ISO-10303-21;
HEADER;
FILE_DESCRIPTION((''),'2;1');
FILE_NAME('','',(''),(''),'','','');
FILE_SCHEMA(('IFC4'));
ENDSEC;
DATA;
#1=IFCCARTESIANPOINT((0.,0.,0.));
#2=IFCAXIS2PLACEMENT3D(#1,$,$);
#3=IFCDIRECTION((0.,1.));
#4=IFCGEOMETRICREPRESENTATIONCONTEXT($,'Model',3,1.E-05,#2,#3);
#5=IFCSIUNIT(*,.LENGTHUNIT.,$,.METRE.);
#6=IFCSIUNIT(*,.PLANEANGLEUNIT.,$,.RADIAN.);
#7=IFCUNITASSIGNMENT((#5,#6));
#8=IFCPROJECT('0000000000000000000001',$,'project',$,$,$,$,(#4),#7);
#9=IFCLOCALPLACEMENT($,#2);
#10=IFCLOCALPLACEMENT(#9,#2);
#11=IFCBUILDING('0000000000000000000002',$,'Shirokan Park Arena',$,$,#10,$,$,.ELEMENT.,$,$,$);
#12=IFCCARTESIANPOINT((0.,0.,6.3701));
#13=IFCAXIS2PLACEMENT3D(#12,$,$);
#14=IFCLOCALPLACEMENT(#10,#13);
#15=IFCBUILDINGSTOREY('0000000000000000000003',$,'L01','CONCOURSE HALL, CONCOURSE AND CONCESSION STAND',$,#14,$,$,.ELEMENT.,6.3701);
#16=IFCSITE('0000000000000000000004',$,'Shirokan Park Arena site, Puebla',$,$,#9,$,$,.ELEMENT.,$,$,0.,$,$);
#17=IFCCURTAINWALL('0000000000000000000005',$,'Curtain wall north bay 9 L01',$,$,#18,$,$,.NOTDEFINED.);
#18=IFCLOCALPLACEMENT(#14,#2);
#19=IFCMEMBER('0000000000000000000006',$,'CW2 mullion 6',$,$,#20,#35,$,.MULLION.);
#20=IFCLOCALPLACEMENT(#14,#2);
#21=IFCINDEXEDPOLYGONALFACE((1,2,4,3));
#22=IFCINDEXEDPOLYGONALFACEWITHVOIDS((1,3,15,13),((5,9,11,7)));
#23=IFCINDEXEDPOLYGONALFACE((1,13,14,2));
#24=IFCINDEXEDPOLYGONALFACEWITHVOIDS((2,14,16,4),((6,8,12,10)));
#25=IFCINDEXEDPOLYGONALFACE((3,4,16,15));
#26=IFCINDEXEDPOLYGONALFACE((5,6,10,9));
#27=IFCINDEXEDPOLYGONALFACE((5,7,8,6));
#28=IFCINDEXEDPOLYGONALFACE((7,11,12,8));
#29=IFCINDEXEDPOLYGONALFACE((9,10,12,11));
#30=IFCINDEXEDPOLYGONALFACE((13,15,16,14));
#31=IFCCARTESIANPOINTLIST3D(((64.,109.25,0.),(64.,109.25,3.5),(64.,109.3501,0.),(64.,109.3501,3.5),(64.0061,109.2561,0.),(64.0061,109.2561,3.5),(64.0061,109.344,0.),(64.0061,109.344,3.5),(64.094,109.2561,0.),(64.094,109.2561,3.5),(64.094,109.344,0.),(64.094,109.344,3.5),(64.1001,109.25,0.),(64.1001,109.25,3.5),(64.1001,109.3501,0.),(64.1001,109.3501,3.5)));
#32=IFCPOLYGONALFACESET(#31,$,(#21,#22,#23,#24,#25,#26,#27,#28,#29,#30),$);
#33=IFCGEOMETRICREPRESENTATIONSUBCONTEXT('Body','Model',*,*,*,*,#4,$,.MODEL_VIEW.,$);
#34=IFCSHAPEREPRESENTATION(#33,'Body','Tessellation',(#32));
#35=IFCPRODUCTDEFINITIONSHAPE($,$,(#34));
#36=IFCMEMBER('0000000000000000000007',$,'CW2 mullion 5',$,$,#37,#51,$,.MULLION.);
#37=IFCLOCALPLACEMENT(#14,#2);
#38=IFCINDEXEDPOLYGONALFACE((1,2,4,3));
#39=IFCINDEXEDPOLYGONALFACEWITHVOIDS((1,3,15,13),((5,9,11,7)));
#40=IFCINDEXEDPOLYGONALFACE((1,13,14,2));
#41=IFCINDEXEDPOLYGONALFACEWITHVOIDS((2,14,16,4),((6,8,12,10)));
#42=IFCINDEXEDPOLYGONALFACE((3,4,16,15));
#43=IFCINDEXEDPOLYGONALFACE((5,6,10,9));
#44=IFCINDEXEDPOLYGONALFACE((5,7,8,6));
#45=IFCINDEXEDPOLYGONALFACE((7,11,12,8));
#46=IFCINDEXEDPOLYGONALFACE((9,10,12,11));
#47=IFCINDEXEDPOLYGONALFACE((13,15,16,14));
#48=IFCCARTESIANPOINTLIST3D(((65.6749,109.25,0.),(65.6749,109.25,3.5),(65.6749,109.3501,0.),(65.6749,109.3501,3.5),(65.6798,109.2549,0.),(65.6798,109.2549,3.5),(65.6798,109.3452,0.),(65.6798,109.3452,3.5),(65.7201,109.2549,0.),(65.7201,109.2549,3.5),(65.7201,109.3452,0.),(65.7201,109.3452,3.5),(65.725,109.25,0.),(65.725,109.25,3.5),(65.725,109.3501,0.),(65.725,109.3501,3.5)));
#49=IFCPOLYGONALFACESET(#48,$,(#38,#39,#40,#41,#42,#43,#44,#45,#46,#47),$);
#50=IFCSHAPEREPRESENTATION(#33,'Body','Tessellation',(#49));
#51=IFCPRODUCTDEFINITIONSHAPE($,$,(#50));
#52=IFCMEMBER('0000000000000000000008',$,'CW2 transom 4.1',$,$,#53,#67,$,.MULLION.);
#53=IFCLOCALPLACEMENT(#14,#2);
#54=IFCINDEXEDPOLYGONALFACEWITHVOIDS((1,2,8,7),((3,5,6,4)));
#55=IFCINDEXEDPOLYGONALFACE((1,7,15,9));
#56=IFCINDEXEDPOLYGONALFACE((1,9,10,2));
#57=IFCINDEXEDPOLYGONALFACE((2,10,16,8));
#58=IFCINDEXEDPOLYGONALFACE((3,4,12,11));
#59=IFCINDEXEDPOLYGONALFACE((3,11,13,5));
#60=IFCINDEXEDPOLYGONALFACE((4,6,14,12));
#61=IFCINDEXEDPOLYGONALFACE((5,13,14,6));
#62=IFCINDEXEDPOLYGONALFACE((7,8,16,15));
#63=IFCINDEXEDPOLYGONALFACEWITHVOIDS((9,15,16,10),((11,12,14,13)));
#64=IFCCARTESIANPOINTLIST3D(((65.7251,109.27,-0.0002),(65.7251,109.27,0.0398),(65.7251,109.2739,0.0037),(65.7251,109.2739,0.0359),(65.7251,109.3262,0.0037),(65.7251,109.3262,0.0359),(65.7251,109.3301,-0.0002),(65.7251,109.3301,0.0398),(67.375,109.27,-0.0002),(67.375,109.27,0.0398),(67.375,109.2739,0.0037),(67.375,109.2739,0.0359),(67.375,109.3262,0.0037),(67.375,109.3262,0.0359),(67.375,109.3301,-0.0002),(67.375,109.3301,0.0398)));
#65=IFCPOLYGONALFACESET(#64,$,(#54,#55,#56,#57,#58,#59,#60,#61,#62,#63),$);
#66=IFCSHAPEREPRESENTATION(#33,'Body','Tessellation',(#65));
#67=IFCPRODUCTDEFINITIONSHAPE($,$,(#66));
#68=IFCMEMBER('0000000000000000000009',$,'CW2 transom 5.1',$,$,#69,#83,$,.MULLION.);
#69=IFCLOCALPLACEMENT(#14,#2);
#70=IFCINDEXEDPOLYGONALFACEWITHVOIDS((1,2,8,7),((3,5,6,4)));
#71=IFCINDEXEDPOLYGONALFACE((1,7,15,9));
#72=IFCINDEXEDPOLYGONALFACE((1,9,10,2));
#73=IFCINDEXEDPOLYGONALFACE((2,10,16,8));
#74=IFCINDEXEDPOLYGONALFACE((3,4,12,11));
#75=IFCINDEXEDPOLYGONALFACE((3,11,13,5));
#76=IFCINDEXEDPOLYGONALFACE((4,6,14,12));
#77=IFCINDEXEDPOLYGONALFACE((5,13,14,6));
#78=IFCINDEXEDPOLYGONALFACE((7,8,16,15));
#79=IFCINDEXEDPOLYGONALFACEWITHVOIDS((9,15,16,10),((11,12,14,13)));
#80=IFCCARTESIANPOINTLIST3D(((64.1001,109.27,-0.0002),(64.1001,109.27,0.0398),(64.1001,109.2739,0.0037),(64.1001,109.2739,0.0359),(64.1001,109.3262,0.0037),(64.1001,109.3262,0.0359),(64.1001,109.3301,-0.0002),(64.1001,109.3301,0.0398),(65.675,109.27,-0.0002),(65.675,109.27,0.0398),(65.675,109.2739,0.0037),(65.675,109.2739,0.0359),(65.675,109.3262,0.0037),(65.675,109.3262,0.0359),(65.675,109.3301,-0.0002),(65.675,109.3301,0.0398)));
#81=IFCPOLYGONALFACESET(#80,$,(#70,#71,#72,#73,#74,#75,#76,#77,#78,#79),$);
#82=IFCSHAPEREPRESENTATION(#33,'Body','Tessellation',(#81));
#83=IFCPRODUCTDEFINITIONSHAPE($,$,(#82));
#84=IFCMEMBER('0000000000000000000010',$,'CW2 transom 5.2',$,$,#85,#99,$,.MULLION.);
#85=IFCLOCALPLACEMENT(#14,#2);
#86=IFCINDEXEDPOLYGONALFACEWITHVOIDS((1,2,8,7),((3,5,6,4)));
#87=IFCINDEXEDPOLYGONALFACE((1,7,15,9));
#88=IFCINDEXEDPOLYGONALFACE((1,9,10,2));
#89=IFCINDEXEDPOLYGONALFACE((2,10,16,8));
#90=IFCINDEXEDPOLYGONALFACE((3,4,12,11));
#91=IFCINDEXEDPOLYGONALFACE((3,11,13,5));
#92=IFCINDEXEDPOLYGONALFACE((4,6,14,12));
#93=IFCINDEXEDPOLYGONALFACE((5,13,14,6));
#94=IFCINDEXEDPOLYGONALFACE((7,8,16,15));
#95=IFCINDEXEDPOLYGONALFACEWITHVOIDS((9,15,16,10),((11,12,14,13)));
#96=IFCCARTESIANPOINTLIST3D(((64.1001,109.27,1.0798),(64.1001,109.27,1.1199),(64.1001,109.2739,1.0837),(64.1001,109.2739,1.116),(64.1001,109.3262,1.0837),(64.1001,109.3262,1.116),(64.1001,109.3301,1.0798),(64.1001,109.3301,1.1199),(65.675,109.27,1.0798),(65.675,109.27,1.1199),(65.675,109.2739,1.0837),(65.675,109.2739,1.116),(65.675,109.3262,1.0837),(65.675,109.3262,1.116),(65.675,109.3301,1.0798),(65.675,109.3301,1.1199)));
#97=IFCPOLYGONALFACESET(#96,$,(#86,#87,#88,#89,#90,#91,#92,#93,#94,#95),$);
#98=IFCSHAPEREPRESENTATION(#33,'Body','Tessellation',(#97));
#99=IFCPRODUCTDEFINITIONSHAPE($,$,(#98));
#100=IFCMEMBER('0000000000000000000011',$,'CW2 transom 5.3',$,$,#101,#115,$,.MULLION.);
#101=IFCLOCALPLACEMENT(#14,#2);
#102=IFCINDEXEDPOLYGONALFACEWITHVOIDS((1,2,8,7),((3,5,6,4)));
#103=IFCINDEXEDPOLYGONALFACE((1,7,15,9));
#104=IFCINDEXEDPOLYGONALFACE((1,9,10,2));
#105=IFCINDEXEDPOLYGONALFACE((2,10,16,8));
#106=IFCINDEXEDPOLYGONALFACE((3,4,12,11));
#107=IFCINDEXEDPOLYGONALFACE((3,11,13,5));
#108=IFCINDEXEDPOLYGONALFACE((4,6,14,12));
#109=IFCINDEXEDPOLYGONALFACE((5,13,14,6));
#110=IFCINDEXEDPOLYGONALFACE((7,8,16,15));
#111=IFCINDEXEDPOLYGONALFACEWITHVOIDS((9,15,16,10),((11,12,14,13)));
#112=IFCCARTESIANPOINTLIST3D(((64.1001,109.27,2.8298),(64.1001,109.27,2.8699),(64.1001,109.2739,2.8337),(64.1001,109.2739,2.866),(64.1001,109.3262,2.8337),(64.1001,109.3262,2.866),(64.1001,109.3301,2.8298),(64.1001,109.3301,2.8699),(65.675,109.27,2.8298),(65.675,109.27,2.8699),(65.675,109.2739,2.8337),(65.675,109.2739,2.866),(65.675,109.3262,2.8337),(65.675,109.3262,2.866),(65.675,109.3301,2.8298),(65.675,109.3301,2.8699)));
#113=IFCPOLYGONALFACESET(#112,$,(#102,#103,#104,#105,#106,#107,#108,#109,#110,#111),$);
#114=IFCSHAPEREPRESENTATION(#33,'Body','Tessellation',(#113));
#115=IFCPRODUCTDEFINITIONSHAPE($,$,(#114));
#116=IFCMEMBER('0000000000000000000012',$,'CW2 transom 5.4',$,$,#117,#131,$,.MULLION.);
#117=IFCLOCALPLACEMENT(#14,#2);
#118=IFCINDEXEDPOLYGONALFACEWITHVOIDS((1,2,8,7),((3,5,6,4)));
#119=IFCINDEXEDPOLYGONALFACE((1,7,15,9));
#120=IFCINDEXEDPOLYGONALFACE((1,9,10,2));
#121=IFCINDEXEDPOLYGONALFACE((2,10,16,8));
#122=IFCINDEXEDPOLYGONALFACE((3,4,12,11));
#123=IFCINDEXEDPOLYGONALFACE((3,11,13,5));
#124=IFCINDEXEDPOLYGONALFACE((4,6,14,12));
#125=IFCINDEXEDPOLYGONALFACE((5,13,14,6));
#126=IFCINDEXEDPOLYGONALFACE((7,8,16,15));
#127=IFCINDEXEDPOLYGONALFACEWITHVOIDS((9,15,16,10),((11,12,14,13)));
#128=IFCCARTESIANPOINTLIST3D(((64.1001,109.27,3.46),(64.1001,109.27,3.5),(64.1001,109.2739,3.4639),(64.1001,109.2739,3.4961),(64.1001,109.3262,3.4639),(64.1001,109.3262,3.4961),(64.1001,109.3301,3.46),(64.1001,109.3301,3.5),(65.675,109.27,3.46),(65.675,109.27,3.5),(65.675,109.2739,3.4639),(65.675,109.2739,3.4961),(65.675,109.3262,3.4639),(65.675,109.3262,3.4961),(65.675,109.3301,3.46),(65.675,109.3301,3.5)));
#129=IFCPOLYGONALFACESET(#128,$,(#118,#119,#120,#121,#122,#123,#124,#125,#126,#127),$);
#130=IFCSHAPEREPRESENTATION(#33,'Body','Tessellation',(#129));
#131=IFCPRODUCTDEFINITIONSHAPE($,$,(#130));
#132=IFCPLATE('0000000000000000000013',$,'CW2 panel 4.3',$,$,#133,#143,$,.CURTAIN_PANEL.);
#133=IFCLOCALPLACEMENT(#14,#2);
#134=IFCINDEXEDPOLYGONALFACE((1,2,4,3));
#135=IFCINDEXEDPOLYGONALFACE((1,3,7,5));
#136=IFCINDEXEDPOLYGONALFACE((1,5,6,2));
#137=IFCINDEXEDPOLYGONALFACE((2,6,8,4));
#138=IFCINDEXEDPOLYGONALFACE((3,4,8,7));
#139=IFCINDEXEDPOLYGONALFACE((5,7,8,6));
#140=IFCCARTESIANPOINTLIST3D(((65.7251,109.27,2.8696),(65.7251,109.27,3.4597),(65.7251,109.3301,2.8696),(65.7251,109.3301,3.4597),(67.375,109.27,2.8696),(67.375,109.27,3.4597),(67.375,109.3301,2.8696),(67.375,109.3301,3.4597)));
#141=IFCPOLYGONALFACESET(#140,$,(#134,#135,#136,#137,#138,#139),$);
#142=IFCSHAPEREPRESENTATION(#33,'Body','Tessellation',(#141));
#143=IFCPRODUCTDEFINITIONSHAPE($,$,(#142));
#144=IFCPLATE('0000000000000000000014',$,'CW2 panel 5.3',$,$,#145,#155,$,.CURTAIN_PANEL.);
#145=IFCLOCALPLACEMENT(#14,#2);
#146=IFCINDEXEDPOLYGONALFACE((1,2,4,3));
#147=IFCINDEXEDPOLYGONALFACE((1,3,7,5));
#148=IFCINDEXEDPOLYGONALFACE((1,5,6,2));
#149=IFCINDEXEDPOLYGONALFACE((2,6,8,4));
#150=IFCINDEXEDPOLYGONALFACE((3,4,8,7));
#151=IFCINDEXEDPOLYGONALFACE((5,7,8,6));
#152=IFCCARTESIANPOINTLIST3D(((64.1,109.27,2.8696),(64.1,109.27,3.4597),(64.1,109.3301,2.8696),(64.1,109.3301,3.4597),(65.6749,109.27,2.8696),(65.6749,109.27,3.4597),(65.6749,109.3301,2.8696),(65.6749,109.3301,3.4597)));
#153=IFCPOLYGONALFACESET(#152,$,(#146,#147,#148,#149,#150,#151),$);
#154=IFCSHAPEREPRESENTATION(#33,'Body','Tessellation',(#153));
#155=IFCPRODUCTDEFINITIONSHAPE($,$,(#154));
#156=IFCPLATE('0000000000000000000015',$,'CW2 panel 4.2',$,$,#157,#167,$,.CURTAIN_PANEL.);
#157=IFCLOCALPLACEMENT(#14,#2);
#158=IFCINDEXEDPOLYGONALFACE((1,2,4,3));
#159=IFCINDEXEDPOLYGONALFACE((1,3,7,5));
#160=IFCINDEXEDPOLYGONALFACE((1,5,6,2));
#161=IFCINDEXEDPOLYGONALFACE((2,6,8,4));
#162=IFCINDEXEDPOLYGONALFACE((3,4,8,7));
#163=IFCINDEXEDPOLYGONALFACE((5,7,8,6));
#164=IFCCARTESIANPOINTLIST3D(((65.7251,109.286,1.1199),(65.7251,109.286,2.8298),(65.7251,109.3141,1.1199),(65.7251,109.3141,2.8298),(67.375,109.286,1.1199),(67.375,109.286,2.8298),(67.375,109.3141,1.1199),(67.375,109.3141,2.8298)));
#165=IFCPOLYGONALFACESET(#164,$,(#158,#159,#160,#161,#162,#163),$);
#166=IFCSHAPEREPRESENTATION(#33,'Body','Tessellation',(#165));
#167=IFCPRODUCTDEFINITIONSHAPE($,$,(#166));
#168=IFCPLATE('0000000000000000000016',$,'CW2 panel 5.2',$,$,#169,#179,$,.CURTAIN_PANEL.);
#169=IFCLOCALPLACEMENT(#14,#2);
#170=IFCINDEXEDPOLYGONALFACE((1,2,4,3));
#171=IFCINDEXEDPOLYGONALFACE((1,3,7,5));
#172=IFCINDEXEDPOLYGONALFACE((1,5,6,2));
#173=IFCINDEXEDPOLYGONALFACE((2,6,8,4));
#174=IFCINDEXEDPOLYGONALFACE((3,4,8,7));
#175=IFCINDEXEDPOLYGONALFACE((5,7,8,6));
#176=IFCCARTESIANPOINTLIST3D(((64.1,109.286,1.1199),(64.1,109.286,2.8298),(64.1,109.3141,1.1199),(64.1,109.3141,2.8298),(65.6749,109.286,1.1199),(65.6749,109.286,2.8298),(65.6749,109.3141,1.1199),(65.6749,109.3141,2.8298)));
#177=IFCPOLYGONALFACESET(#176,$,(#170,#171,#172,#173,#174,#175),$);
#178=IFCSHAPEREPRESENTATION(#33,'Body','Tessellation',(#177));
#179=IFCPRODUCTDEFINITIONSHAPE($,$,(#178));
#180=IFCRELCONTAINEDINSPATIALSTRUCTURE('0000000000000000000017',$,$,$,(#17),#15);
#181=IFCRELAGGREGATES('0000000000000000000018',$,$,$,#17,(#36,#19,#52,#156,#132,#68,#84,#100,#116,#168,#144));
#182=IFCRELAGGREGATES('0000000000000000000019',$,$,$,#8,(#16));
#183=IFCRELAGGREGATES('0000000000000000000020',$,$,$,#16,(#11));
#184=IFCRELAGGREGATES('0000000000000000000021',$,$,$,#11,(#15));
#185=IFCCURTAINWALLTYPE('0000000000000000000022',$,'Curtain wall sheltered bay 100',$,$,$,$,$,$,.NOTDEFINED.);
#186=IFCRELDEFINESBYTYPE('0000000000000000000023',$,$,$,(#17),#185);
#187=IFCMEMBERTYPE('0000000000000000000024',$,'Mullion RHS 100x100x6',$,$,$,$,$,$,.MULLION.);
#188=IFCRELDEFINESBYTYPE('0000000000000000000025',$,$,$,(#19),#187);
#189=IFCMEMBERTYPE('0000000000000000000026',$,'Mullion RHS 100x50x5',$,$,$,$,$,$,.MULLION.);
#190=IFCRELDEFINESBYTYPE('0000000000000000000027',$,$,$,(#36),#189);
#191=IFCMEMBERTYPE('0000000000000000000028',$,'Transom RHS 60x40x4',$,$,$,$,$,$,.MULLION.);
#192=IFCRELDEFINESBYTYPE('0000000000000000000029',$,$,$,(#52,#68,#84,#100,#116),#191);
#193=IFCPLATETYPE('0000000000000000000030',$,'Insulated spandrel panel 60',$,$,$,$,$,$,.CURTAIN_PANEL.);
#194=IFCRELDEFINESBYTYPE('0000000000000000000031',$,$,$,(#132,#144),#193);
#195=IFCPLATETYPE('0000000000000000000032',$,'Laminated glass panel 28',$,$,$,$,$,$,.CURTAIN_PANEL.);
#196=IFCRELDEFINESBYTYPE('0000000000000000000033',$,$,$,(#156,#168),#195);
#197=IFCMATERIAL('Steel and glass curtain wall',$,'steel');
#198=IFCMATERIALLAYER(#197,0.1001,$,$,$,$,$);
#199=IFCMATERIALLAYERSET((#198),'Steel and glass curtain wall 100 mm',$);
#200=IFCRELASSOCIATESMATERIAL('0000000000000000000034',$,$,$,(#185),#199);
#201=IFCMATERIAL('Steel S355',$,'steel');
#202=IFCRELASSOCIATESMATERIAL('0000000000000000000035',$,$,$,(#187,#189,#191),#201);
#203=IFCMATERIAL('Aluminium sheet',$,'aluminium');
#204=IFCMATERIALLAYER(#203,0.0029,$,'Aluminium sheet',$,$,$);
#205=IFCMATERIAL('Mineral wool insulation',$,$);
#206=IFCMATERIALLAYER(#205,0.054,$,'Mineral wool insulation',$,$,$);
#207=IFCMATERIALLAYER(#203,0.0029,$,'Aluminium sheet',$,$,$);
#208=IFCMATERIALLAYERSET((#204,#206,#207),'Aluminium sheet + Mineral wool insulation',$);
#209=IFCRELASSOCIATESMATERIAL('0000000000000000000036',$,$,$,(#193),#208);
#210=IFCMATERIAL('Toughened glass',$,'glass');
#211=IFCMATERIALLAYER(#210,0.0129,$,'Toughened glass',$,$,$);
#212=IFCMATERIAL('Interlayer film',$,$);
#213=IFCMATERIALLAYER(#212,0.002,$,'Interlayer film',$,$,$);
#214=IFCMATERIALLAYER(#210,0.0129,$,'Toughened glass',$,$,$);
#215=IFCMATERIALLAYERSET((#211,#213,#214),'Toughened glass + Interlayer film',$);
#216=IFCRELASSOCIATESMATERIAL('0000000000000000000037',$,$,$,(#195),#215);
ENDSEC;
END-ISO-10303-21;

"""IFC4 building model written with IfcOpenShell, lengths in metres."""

from ifc_helpers import new_model, si_unit, direction, frame, origin, origin_2d, place, context, subcontext, project, spatial, rectangle, hollow_rectangle, extrude, material, layer, layer_set, material_profile, profile_set, type_object, element, aggregate, save


model = new_model("IFC4")

# Units and contexts
model_context = context("Model", 3, precision=1e-05, world=origin(), true_north=direction((0.0, 1.0)))
body_context = subcontext(model_context, "Body", "Model", "MODEL_VIEW")
ifc_project = project(units=[si_unit("LENGTHUNIT", "METRE"), si_unit("PLANEANGLEUNIT", "RADIAN")], contexts=[model_context])

# Site, building, storey
site_placement = place(None, origin())
site = spatial("IfcSite", under=ifc_project, at=site_placement, Name="Shirokan Park Arena site, Puebla", CompositionType="ELEMENT", RefElevation=0.0)
building_placement = place(site_placement, origin())
building = spatial("IfcBuilding", under=site, at=building_placement, Name="Shirokan Park Arena", CompositionType="ELEMENT")
storey_placement = place(building_placement, frame((0.0, 0.0, 6.3701)))
storey = spatial("IfcBuildingStorey", under=building, at=storey_placement, Name="L01", Description="CONCOURSE HALL, CONCOURSE AND CONCESSION STAND", CompositionType="ELEMENT", Elevation=6.3701)

# Curtain wall, members, plates
ifc_material_1 = material(Name="Steel and glass curtain wall", Category="steel")
ifc_layer_1 = layer(ifc_material_1, 0.1001)
ifc_layer_set_1 = layer_set([ifc_layer_1], Name="Steel and glass curtain wall 100 mm")
curtain_wall_type = type_object("IfcCurtainWallType", Name="Curtain wall sheltered bay 100", PredefinedType="NOTDEFINED", material=ifc_layer_set_1)
curtain_wall_placement = place(storey_placement, origin())
curtain_wall = element("IfcCurtainWall", 1, at=curtain_wall_placement, inside=storey, type_object=curtain_wall_type, Name="Curtain wall north bay 9 L01", PredefinedType="NOTDEFINED")
ifc_material_2 = material(Name="Steel S355", Category="steel")
ifc_material_profile_1 = material_profile(ifc_material_2, hollow_rectangle(XDim=0.1001, YDim=0.1001, WallThickness=0.0061, at=origin_2d()), Name="RHS 100x100x6")
ifc_profile_set_1 = profile_set([ifc_material_profile_1], Name="Steel S355")
member_type_1 = type_object("IfcMemberType", Name="Mullion RHS 100x100x6", PredefinedType="MULLION", material=ifc_profile_set_1)
member_1_placement = place(storey_placement, frame((64.05, 109.3, 0.0), z_axis=(0.0, 0.0, 1.0), x_axis=(0.0, -1.0, 0.0)))
member_1 = element("IfcMember", 2, at=member_1_placement, type_object=member_type_1, Name="CW2 mullion 6", PredefinedType="MULLION", context=body_context, shape_type="SweptSolid", body=[
    extrude(hollow_rectangle(XDim=0.1001, YDim=0.1001, WallThickness=0.0061, at=origin_2d()), origin(), (0.0, 0.0, 1.0), 3.5),
])
ifc_material_profile_2 = material_profile(ifc_material_2, hollow_rectangle(XDim=0.1001, YDim=0.05, WallThickness=0.0049, at=origin_2d()), Name="RHS 100x50x5")
ifc_profile_set_2 = profile_set([ifc_material_profile_2], Name="Steel S355")
member_type_2 = type_object("IfcMemberType", Name="Mullion RHS 100x50x5", PredefinedType="MULLION", material=ifc_profile_set_2)
member_2_placement = place(storey_placement, frame((65.7, 109.3, 0.0), z_axis=(0.0, 0.0, 1.0), x_axis=(0.0, -1.0, 0.0)))
member_2 = element("IfcMember", 3, at=member_2_placement, type_object=member_type_2, Name="CW2 mullion 5", PredefinedType="MULLION", context=body_context, shape_type="SweptSolid", body=[
    extrude(hollow_rectangle(XDim=0.1001, YDim=0.05, WallThickness=0.0049, at=origin_2d()), origin(), (0.0, 0.0, 1.0), 3.5),
])
ifc_material_profile_3 = material_profile(ifc_material_2, hollow_rectangle(XDim=0.0601, YDim=0.04, WallThickness=0.0039, at=origin_2d()), Name="RHS 60x40x4")
ifc_profile_set_3 = profile_set([ifc_material_profile_3], Name="Steel S355")
member_type_3 = type_object("IfcMemberType", Name="Transom RHS 60x40x4", PredefinedType="MULLION", material=ifc_profile_set_3)
member_3_placement = place(storey_placement, frame((67.375, 109.3, 0.0198), z_axis=(-1.0, 0.0, 0.0), x_axis=(0.0, -1.0, 0.0)))
member_3 = element("IfcMember", 4, at=member_3_placement, type_object=member_type_3, Name="CW2 transom 4.1", PredefinedType="MULLION", context=body_context, shape_type="SweptSolid", body=[
    extrude(hollow_rectangle(XDim=0.0601, YDim=0.04, WallThickness=0.0039, at=origin_2d()), origin(), (0.0, 0.0, 1.0), 1.6499),
])
member_4_placement = place(storey_placement, frame((65.675, 109.3, 0.0198), z_axis=(-1.0, 0.0, 0.0), x_axis=(0.0, -1.0, 0.0)))
member_4 = element("IfcMember", 5, at=member_4_placement, type_object=member_type_3, Name="CW2 transom 5.1", PredefinedType="MULLION", context=body_context, shape_type="SweptSolid", body=[
    extrude(hollow_rectangle(XDim=0.0601, YDim=0.04, WallThickness=0.0039, at=origin_2d()), origin(), (0.0, 0.0, 1.0), 1.575),
])
member_5_placement = place(storey_placement, frame((65.675, 109.3, 1.0999), z_axis=(-1.0, 0.0, 0.0), x_axis=(0.0, -1.0, 0.0)))
member_5 = element("IfcMember", 6, at=member_5_placement, type_object=member_type_3, Name="CW2 transom 5.2", PredefinedType="MULLION", context=body_context, shape_type="SweptSolid", body=[
    extrude(hollow_rectangle(XDim=0.0601, YDim=0.04, WallThickness=0.0039, at=origin_2d()), origin(), (0.0, 0.0, 1.0), 1.575),
])
member_6_placement = place(storey_placement, frame((65.675, 109.3, 2.8499), z_axis=(-1.0, 0.0, 0.0), x_axis=(0.0, -1.0, 0.0)))
member_6 = element("IfcMember", 7, at=member_6_placement, type_object=member_type_3, Name="CW2 transom 5.3", PredefinedType="MULLION", context=body_context, shape_type="SweptSolid", body=[
    extrude(hollow_rectangle(XDim=0.0601, YDim=0.04, WallThickness=0.0039, at=origin_2d()), origin(), (0.0, 0.0, 1.0), 1.575),
])
member_7_placement = place(storey_placement, frame((65.675, 109.3, 3.48), z_axis=(-1.0, 0.0, 0.0), x_axis=(0.0, -1.0, 0.0)))
member_7 = element("IfcMember", 8, at=member_7_placement, type_object=member_type_3, Name="CW2 transom 5.4", PredefinedType="MULLION", context=body_context, shape_type="SweptSolid", body=[
    extrude(hollow_rectangle(XDim=0.0601, YDim=0.04, WallThickness=0.0039, at=origin_2d()), origin(), (0.0, 0.0, 1.0), 1.575),
])
ifc_material_3 = material(Name="Aluminium sheet", Category="aluminium")
ifc_layer_2 = layer(ifc_material_3, 0.0029, Name="Aluminium sheet")
ifc_material_4 = material(Name="Mineral wool insulation")
ifc_layer_3 = layer(ifc_material_4, 0.054, Name="Mineral wool insulation")
ifc_layer_4 = layer(ifc_material_3, 0.0029, Name="Aluminium sheet")
ifc_layer_set_2 = layer_set([ifc_layer_2, ifc_layer_3, ifc_layer_4], Name="Aluminium sheet + Mineral wool insulation")
plate_type_1 = type_object("IfcPlateType", Name="Insulated spandrel panel 60", PredefinedType="CURTAIN_PANEL", material=ifc_layer_set_2)
plate_1_placement = place(storey_placement, frame((66.55, 109.3, 2.8696), z_axis=(0.0, 0.0, 1.0), x_axis=(-1.0, 0.0, 0.0)))
plate_1 = element("IfcPlate", 9, at=plate_1_placement, type_object=plate_type_1, Name="CW2 panel 4.3", PredefinedType="CURTAIN_PANEL", context=body_context, shape_type="SweptSolid", body=[
    extrude(rectangle(XDim=1.6499, YDim=0.0601, at=origin_2d()), origin(), (0.0, 0.0, 1.0), 0.5901),
])
plate_2_placement = place(storey_placement, frame((64.8875, 109.3, 2.8696), z_axis=(0.0, 0.0, 1.0), x_axis=(-1.0, 0.0, 0.0)))
plate_2 = element("IfcPlate", 10, at=plate_2_placement, type_object=plate_type_1, Name="CW2 panel 5.3", PredefinedType="CURTAIN_PANEL", context=body_context, shape_type="SweptSolid", body=[
    extrude(rectangle(XDim=1.575, YDim=0.0601, at=origin_2d()), origin(), (0.0, 0.0, 1.0), 0.5901),
])
ifc_material_5 = material(Name="Toughened glass", Category="glass")
ifc_layer_5 = layer(ifc_material_5, 0.0129, Name="Toughened glass")
ifc_material_6 = material(Name="Interlayer film")
ifc_layer_6 = layer(ifc_material_6, 0.002, Name="Interlayer film")
ifc_layer_7 = layer(ifc_material_5, 0.0129, Name="Toughened glass")
ifc_layer_set_3 = layer_set([ifc_layer_5, ifc_layer_6, ifc_layer_7], Name="Toughened glass + Interlayer film")
plate_type_2 = type_object("IfcPlateType", Name="Laminated glass panel 28", PredefinedType="CURTAIN_PANEL", material=ifc_layer_set_3)
plate_3_placement = place(storey_placement, frame((66.55, 109.3, 1.1199), z_axis=(0.0, 0.0, 1.0), x_axis=(-1.0, 0.0, 0.0)))
plate_3 = element("IfcPlate", 11, at=plate_3_placement, type_object=plate_type_2, Name="CW2 panel 4.2", PredefinedType="CURTAIN_PANEL", context=body_context, shape_type="SweptSolid", body=[
    extrude(rectangle(XDim=1.6499, YDim=0.0281, at=origin_2d()), origin(), (0.0, 0.0, 1.0), 1.71),
])
plate_4_placement = place(storey_placement, frame((64.8875, 109.3, 1.1199), z_axis=(0.0, 0.0, 1.0), x_axis=(-1.0, 0.0, 0.0)))
plate_4 = element("IfcPlate", 12, at=plate_4_placement, type_object=plate_type_2, Name="CW2 panel 5.2", PredefinedType="CURTAIN_PANEL", context=body_context, shape_type="SweptSolid", body=[
    extrude(rectangle(XDim=1.575, YDim=0.0281, at=origin_2d()), origin(), (0.0, 0.0, 1.0), 1.71),
])
aggregate(curtain_wall, [member_2, member_1, member_3, plate_3, plate_1, member_4, member_5, member_6, member_7, plate_4, plate_2])

save(model, "model.ifc")
